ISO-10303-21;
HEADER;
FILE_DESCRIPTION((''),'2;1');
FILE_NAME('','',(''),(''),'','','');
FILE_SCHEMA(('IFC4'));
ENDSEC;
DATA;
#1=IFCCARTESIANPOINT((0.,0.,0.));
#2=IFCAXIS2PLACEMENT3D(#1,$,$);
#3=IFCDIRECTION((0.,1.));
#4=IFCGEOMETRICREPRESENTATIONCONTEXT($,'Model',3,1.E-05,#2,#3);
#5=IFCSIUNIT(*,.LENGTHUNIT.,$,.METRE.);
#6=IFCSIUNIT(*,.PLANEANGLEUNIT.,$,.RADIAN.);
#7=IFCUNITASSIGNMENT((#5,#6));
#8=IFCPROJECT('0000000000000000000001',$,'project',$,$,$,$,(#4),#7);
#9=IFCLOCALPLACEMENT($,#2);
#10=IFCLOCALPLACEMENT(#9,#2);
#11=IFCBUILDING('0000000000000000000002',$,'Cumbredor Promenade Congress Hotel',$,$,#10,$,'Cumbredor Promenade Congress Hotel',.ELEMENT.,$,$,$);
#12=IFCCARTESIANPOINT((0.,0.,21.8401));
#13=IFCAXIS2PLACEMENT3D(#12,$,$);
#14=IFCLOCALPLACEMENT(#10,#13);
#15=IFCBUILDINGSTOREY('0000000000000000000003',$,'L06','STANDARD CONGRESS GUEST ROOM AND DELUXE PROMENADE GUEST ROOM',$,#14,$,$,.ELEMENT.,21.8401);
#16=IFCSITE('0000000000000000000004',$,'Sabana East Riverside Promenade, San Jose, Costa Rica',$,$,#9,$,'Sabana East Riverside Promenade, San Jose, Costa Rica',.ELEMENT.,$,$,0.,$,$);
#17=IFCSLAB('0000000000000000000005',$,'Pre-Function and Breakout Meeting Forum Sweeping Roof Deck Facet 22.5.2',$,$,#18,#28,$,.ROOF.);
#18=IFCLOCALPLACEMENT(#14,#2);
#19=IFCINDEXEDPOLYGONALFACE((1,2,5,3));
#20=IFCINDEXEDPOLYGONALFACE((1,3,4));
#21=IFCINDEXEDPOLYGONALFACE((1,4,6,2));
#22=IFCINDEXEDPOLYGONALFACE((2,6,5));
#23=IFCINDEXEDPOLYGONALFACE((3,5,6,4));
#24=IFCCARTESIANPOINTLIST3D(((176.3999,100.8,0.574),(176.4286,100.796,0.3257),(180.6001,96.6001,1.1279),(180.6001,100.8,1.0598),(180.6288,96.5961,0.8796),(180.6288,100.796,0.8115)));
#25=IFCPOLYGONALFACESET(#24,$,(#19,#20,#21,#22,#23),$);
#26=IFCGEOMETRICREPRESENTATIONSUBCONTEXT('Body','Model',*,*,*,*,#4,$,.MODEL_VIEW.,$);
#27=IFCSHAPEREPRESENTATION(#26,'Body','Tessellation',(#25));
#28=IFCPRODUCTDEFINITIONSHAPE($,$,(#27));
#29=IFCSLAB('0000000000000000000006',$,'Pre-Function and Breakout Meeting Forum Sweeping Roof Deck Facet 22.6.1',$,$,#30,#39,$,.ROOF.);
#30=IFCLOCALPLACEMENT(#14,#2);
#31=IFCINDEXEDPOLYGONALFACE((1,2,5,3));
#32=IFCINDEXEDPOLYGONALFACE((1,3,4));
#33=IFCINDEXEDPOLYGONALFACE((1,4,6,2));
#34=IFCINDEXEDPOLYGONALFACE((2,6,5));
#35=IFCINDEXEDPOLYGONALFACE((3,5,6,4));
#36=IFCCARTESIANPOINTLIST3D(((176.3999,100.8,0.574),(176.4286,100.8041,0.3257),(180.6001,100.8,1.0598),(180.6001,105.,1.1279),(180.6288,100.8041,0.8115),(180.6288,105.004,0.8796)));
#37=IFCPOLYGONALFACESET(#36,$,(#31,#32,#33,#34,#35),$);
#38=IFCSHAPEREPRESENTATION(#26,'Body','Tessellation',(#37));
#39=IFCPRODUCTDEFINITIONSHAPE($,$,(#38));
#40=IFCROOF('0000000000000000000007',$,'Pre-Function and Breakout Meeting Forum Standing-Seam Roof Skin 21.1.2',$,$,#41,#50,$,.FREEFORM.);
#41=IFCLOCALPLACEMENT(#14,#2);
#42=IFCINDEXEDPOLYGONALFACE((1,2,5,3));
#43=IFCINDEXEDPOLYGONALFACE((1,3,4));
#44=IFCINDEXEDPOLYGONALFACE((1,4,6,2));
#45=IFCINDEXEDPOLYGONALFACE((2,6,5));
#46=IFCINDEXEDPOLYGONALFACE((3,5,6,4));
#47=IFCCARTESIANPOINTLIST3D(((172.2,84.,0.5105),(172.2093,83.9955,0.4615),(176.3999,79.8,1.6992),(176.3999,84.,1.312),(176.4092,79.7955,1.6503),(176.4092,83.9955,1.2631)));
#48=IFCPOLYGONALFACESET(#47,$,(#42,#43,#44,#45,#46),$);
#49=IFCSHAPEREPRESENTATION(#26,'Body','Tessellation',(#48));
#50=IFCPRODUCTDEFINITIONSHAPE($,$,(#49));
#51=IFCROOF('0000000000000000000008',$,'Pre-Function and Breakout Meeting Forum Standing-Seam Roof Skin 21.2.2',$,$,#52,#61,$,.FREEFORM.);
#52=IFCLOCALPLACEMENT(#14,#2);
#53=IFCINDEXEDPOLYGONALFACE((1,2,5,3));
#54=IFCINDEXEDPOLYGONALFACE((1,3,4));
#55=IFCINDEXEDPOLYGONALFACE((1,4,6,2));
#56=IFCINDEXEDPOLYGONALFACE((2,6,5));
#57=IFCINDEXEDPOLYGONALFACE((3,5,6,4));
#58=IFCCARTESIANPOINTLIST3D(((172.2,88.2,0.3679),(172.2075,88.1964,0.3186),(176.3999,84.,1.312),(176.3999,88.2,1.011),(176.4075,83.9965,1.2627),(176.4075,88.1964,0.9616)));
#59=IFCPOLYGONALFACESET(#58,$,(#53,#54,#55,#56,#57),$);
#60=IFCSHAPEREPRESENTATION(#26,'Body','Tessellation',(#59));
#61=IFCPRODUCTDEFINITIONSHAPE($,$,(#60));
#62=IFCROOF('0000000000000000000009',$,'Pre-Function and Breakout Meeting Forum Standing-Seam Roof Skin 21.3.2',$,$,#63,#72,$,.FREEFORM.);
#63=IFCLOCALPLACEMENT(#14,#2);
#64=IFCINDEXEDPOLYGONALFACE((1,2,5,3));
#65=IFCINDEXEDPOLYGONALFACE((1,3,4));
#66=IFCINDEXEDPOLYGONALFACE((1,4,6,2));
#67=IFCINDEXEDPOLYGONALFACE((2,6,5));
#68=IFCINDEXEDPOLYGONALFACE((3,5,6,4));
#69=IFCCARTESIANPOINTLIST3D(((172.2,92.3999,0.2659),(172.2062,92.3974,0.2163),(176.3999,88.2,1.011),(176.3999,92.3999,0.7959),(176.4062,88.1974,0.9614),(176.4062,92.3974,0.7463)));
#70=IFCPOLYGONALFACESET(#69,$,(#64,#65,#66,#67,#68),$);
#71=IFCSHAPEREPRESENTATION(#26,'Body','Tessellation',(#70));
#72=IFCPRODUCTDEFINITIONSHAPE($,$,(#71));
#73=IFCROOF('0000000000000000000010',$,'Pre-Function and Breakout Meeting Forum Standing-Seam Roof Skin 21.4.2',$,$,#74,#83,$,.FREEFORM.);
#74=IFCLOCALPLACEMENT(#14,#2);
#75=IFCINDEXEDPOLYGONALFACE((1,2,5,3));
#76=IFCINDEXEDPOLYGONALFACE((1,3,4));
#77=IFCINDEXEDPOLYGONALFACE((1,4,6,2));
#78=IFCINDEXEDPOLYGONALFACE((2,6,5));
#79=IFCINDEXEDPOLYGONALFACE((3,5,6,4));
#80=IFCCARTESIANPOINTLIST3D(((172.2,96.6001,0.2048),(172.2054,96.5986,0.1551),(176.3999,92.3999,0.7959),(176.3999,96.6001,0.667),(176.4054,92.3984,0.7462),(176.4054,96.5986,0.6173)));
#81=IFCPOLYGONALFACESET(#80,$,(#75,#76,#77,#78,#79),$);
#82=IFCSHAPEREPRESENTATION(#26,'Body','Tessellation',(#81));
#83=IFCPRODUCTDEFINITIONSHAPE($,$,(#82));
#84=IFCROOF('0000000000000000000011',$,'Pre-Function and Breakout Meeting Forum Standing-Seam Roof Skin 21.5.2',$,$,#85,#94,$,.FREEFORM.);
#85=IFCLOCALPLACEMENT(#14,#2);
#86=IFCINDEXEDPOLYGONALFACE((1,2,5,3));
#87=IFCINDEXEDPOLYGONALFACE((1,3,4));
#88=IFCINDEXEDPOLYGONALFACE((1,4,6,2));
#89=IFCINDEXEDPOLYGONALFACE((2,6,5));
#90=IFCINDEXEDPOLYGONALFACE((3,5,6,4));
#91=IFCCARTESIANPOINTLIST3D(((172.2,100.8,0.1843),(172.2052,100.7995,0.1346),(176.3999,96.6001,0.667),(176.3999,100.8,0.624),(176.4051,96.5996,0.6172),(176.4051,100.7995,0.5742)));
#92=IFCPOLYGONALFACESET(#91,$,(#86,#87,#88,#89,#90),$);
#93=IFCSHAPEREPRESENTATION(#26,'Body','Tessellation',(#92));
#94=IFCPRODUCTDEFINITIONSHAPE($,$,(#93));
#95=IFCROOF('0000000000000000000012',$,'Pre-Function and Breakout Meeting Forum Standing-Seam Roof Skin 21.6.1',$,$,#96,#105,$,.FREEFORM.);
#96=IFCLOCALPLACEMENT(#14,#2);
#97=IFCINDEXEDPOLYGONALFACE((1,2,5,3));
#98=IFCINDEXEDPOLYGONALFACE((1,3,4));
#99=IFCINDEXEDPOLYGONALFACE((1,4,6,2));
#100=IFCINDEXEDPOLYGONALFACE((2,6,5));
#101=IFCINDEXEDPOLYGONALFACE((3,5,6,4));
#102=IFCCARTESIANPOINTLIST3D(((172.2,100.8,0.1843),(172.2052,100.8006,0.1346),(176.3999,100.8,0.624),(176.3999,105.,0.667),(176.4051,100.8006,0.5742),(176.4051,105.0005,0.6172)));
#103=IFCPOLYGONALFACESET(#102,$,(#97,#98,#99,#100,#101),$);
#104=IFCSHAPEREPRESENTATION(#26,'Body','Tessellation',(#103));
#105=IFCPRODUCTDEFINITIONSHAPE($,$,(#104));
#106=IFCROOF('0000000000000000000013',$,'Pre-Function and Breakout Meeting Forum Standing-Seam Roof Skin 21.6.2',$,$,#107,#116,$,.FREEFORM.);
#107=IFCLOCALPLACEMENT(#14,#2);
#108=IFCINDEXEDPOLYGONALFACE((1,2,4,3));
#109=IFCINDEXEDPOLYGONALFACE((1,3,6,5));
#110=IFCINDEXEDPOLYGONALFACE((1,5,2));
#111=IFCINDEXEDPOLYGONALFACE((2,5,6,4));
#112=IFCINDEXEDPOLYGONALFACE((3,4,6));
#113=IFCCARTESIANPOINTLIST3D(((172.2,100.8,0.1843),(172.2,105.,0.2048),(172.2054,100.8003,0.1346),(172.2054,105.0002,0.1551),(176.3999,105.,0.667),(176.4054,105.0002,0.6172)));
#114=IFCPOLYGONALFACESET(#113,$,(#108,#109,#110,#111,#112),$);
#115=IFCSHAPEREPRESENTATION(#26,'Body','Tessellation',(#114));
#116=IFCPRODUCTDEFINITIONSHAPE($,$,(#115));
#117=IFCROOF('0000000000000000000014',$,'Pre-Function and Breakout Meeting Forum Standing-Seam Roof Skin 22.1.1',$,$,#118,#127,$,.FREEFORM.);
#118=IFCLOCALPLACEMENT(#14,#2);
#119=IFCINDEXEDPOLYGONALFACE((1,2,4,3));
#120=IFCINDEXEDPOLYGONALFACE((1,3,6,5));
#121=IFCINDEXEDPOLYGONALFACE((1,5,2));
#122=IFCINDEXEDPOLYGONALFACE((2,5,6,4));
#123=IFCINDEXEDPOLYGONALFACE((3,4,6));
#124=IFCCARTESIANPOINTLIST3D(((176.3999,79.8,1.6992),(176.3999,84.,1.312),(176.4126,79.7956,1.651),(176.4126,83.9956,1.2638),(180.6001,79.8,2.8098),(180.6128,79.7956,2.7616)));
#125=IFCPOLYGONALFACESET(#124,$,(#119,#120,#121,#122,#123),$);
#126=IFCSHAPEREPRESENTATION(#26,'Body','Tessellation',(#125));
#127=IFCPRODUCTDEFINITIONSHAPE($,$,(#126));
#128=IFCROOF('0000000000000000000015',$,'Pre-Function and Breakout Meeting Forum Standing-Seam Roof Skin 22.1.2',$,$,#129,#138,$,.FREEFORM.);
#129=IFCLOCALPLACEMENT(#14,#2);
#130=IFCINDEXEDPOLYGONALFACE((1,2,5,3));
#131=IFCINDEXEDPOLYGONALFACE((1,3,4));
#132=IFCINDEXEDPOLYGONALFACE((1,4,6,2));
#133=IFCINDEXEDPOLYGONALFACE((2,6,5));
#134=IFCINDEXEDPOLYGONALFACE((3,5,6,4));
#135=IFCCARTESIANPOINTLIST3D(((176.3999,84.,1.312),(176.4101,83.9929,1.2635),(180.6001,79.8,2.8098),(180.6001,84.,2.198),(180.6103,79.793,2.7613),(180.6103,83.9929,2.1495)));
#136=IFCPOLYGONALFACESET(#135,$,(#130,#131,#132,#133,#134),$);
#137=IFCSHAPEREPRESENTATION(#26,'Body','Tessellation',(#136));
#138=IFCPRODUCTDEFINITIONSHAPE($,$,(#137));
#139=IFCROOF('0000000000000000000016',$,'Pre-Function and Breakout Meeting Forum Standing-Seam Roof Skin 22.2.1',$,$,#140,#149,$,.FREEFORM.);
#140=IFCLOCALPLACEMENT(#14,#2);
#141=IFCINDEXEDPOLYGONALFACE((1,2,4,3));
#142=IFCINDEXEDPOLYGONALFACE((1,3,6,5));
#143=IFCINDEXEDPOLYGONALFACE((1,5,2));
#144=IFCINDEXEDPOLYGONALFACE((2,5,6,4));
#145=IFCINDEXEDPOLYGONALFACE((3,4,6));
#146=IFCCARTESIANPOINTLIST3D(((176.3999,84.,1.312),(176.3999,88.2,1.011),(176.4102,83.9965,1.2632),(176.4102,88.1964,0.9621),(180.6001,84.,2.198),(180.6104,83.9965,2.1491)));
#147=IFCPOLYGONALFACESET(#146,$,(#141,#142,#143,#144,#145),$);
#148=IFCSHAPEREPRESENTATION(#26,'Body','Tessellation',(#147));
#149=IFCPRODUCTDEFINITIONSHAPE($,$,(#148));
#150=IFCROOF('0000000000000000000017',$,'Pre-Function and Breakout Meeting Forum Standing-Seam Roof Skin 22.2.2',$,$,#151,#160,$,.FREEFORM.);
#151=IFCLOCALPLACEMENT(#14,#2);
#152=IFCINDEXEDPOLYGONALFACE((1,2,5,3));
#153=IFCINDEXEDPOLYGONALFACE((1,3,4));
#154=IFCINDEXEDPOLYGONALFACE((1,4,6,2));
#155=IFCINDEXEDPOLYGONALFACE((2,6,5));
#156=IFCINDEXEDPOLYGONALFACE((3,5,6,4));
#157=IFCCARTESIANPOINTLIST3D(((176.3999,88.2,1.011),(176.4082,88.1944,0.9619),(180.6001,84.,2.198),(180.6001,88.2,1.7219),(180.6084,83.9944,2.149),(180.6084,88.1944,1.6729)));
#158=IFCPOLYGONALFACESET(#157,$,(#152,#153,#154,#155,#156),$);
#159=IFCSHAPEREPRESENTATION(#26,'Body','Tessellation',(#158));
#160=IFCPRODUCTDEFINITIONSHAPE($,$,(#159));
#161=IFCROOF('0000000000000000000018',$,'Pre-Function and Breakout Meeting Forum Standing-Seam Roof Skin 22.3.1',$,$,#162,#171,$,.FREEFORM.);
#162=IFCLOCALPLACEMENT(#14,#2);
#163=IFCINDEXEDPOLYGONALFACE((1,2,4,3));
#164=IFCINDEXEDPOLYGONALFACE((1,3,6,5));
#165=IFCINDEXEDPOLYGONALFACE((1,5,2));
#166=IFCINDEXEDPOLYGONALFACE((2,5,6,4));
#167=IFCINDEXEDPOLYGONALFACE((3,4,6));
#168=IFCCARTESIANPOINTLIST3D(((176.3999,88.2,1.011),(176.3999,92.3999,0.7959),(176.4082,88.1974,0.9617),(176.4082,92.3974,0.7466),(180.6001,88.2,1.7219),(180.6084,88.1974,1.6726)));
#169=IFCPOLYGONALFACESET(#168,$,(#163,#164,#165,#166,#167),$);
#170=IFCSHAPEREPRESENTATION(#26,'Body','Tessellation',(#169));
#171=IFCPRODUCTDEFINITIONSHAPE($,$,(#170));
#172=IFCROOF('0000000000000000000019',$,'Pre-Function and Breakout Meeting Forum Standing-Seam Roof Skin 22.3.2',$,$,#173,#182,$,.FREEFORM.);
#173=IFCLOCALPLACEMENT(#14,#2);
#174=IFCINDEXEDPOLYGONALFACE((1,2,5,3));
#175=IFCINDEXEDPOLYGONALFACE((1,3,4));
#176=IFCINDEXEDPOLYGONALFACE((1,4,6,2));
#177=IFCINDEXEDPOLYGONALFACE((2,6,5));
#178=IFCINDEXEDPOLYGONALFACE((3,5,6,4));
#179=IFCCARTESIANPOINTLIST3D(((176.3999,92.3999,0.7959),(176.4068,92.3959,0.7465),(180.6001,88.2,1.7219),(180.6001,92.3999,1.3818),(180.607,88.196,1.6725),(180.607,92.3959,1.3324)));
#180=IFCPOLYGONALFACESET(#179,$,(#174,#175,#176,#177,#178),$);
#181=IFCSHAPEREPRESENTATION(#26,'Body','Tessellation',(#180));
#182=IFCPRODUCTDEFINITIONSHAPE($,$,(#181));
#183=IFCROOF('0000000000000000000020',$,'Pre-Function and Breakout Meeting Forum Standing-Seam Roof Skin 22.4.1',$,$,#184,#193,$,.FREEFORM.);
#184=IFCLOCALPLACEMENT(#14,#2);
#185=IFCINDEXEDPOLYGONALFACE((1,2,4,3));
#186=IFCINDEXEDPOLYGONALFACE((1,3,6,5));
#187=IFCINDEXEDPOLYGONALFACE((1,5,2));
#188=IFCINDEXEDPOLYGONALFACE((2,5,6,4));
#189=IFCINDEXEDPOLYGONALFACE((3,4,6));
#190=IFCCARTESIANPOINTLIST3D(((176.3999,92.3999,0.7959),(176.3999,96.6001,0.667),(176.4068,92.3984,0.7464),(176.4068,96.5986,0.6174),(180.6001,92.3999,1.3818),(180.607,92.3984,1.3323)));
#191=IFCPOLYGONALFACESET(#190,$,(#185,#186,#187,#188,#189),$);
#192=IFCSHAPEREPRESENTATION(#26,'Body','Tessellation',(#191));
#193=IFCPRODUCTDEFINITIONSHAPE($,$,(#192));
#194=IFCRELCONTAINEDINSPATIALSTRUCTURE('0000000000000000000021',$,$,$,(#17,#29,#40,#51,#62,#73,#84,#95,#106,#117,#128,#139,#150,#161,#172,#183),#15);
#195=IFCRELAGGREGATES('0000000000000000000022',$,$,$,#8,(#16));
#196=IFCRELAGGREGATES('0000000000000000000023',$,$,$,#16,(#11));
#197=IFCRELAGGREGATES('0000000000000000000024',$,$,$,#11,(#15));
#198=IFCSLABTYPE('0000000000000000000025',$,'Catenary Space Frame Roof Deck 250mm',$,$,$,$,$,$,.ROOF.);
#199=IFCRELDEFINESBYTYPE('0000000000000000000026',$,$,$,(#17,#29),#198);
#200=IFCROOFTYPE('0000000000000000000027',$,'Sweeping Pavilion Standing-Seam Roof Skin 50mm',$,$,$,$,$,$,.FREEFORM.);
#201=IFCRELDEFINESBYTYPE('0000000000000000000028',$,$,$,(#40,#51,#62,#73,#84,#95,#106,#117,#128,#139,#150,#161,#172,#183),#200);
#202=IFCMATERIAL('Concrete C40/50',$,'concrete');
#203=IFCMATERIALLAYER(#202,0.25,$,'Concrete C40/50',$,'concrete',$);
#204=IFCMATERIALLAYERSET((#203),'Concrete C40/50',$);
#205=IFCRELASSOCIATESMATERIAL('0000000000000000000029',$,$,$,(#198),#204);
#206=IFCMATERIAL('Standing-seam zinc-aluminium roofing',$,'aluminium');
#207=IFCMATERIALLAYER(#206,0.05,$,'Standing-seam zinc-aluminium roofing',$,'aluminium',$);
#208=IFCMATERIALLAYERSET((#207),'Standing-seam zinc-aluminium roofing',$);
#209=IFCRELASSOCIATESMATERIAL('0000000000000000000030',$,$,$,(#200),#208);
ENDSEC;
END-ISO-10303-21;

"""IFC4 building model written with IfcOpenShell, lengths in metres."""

from ifc_helpers import new_model, si_unit, direction, frame, origin, place, context, subcontext, project, spatial, polyline, outline, extrude, material, layer, layer_set, type_object, element, save


model = new_model("IFC4")

# Units and contexts
model_context = context("Model", 3, precision=1e-05, world=origin(), true_north=direction((0.0, 1.0)))
body_context = subcontext(model_context, "Body", "Model", "MODEL_VIEW")
ifc_project = project(units=[si_unit("LENGTHUNIT", "METRE"), si_unit("PLANEANGLEUNIT", "RADIAN")], contexts=[model_context])

# Site, building, storey
site_placement = place(None, origin())
site = spatial("IfcSite", under=ifc_project, at=site_placement, Name="Sabana East Riverside Promenade, San Jose, Costa Rica", LongName="Sabana East Riverside Promenade, San Jose, Costa Rica", CompositionType="ELEMENT", RefElevation=0.0)
building_placement = place(site_placement, origin())
building = spatial("IfcBuilding", under=site, at=building_placement, Name="Cumbredor Promenade Congress Hotel", LongName="Cumbredor Promenade Congress Hotel", CompositionType="ELEMENT")
storey_placement = place(building_placement, frame((0.0, 0.0, 21.8401)))
storey = spatial("IfcBuildingStorey", under=building, at=storey_placement, Name="L06", Description="STANDARD CONGRESS GUEST ROOM AND DELUXE PROMENADE GUEST ROOM", CompositionType="ELEMENT", Elevation=21.8401)

# Slabs
ifc_material_1 = material(Name="Concrete C40/50", Category="concrete")
ifc_layer_1 = layer(ifc_material_1, 0.25, Name="Concrete C40/50", Category="concrete")
ifc_layer_set_1 = layer_set([ifc_layer_1], Name="Concrete C40/50")
slab_type = type_object("IfcSlabType", Name="Catenary Space Frame Roof Deck 250mm", PredefinedType="ROOF", material=ifc_layer_set_1)
slab_1_placement = place(storey_placement, frame((180.6001, 96.6001, 1.1279), z_axis=(-0.11489, 0.016109, 0.993248), x_axis=(0.0, 0.999869, -0.016216)))
element("IfcSlab", 1, at=slab_1_placement, inside=storey, type_object=slab_type, Name="Pre-Function and Breakout Meeting Forum Sweeping Roof Deck Facet 22.5.2", PredefinedType="ROOF", context=body_context, shape_type="SweptSolid", body=[
    extrude(outline(polyline([(0.0, 0.0), (4.2005, 0.0), (4.2084, 4.2282), (0.0, 0.0)])), origin(), (0.0, 0.0, -1.0), 0.25),
])
slab_2_placement = place(storey_placement, frame((176.3999, 100.8, 0.574), z_axis=(-0.11489, -0.016109, 0.993248), x_axis=(0.993377, 0.0, 0.114905)))
element("IfcSlab", 2, at=slab_2_placement, inside=storey, type_object=slab_type, Name="Pre-Function and Breakout Meeting Forum Sweeping Roof Deck Facet 22.6.1", PredefinedType="ROOF", context=body_context, shape_type="SweptSolid", body=[
    extrude(outline(polyline([(0.0, 0.0), (4.2282, 0.0), (4.236, 4.2005), (0.0, 0.0)])), origin(), (0.0, 0.0, -1.0), 0.25),
])

# Roofs
ifc_material_2 = material(Name="Standing-seam zinc-aluminium roofing", Category="aluminium")
ifc_layer_2 = layer(ifc_material_2, 0.05, Name="Standing-seam zinc-aluminium roofing", Category="aluminium")
ifc_layer_set_2 = layer_set([ifc_layer_2], Name="Standing-seam zinc-aluminium roofing")
roof_type = type_object("IfcRoofType", Name="Sweeping Pavilion Standing-Seam Roof Skin 50mm", PredefinedType="FREEFORM", material=ifc_layer_set_2)
roof_1_placement = place(storey_placement, frame((176.3999, 79.8, 1.6992), z_axis=(-0.186692, 0.09019, 0.97827), x_axis=(0.0, 0.995777, -0.091804)))
element("IfcRoof", 3, at=roof_1_placement, inside=storey, type_object=roof_type, Name="Pre-Function and Breakout Meeting Forum Standing-Seam Roof Skin 21.1.2", PredefinedType="FREEFORM", context=body_context, shape_type="SweptSolid", body=[
    extrude(outline(polyline([(0.0, 0.0), (4.2178, 0.0), (4.2913, 4.2751), (0.0, 0.0)])), origin(), (0.0, 0.0, -1.0), 0.05),
])
roof_2_placement = place(storey_placement, frame((176.3999, 84.0, 1.312), z_axis=(-0.150971, 0.070671, 0.986009), x_axis=(0.0, 0.997441, -0.07149)))
element("IfcRoof", 4, at=roof_2_placement, inside=storey, type_object=roof_type, Name="Pre-Function and Breakout Meeting Forum Standing-Seam Roof Skin 21.2.2", PredefinedType="FREEFORM", context=body_context, shape_type="SweptSolid", body=[
    extrude(outline(polyline([(0.0, 0.0), (4.2107, 0.0), (4.2567, 4.2486), (0.0, 0.0)])), origin(), (0.0, 0.0, -1.0), 0.05),
])
roof_3_placement = place(storey_placement, frame((176.3999, 88.2, 1.011), z_axis=(-0.125045, 0.050744, 0.990853), x_axis=(0.0, 0.998691, -0.051145)))
element("IfcRoof", 5, at=roof_3_placement, inside=storey, type_object=roof_type, Name="Pre-Function and Breakout Meeting Forum Standing-Seam Roof Skin 21.3.2", PredefinedType="FREEFORM", context=body_context, shape_type="SweptSolid", body=[
    extrude(outline(polyline([(0.0, 0.0), (4.2055, 0.0), (4.2326, 4.2332), (0.0, 0.0)])), origin(), (0.0, 0.0, -1.0), 0.05),
])
roof_4_placement = place(storey_placement, frame((176.3999, 92.3999, 0.7959), z_axis=(-0.109328, 0.030492, 0.993538), x_axis=(0.0, 0.999529, -0.030676)))
element("IfcRoof", 6, at=roof_4_placement, inside=storey, type_object=roof_type, Name="Pre-Function and Breakout Meeting Forum Standing-Seam Roof Skin 21.4.2", PredefinedType="FREEFORM", context=body_context, shape_type="SweptSolid", body=[
    extrude(outline(polyline([(0.0, 0.0), (4.2022, 0.0), (4.2164, 4.2253), (0.0, 0.0)])), origin(), (0.0, 0.0, -1.0), 0.05),
])
roof_5_placement = place(storey_placement, frame((176.3999, 96.6001, 0.667), z_axis=(-0.104117, 0.010175, 0.994513), x_axis=(0.0, 0.999948, -0.01023)))
element("IfcRoof", 7, at=roof_5_placement, inside=storey, type_object=roof_type, Name="Pre-Function and Breakout Meeting Forum Standing-Seam Roof Skin 21.5.2", PredefinedType="FREEFORM", context=body_context, shape_type="SweptSolid", body=[
    extrude(outline(polyline([(0.0, 0.0), (4.2002, 0.0), (4.2047, 4.2229), (0.0, 0.0)])), origin(), (0.0, 0.0, -1.0), 0.05),
])
roof_6_placement = place(storey_placement, frame((172.2, 100.8, 0.1843), z_axis=(-0.104117, -0.010175, 0.994513), x_axis=(0.994565, 0.0, 0.104122)))
element("IfcRoof", 8, at=roof_6_placement, inside=storey, type_object=roof_type, Name="Pre-Function and Breakout Meeting Forum Standing-Seam Roof Skin 21.6.1", PredefinedType="FREEFORM", context=body_context, shape_type="SweptSolid", body=[
    extrude(outline(polyline([(0.0, 0.0), (4.2229, 0.0), (4.2274, 4.2002), (0.0, 0.0)])), origin(), (0.0, 0.0, -1.0), 0.05),
])
roof_7_placement = place(storey_placement, frame((172.2, 100.8, 0.1843), z_axis=(-0.109377, -0.004854, 0.993988), x_axis=(0.704784, 0.704784, 0.080995)))
element("IfcRoof", 9, at=roof_7_placement, inside=storey, type_object=roof_type, Name="Pre-Function and Breakout Meeting Forum Standing-Seam Roof Skin 21.6.2", PredefinedType="FREEFORM", context=body_context, shape_type="SweptSolid", body=[
    extrude(outline(polyline([(0.0, 0.0), (5.9592, 0.0), (2.9617, 2.978), (0.0, 0.0)])), origin(), (0.0, 0.0, -1.0), 0.05),
])
roof_8_placement = place(storey_placement, frame((176.3999, 79.8, 1.6992), z_axis=(-0.254621, 0.088778, 0.962957), x_axis=(0.966775, 0.0, 0.25563)))
element("IfcRoof", 10, at=roof_8_placement, inside=storey, type_object=roof_type, Name="Pre-Function and Breakout Meeting Forum Standing-Seam Roof Skin 22.1.1", PredefinedType="FREEFORM", context=body_context, shape_type="SweptSolid", body=[
    extrude(outline(polyline([(0.0, 0.0), (4.3445, 0.0), (-0.099, 4.2166), (0.0, 0.0)])), origin(), (0.0, 0.0, -1.0), 0.05),
])
roof_9_placement = place(storey_placement, frame((180.6001, 79.8, 2.8098), z_axis=(-0.204332, 0.141109, 0.968678), x_axis=(0.0, 0.989556, -0.144151)))
element("IfcRoof", 11, at=roof_9_placement, inside=storey, type_object=roof_type, Name="Pre-Function and Breakout Meeting Forum Standing-Seam Roof Skin 22.1.2", PredefinedType="FREEFORM", context=body_context, shape_type="SweptSolid", body=[
    extrude(outline(polyline([(0.0, 0.0), (4.2443, 0.0), (4.372, 4.2907), (0.0, 0.0)])), origin(), (0.0, 0.0, -1.0), 0.05),
])
roof_10_placement = place(storey_placement, frame((176.3999, 84.0, 1.312), z_axis=(-0.205892, 0.069958, 0.976071), x_axis=(0.978468, 0.0, 0.206397)))
element("IfcRoof", 12, at=roof_10_placement, inside=storey, type_object=roof_type, Name="Pre-Function and Breakout Meeting Forum Standing-Seam Roof Skin 22.2.1", PredefinedType="FREEFORM", context=body_context, shape_type="SweptSolid", body=[
    extrude(outline(polyline([(0.0, 0.0), (4.2926, 0.0), (-0.0621, 4.2103), (0.0, 0.0)])), origin(), (0.0, 0.0, -1.0), 0.05),
])
roof_11_placement = place(storey_placement, frame((180.6001, 84.0, 2.198), z_axis=(-0.165857, 0.111071, 0.979875), x_axis=(0.0, 0.993637, -0.112631)))
element("IfcRoof", 13, at=roof_11_placement, inside=storey, type_object=roof_type, Name="Pre-Function and Breakout Meeting Forum Standing-Seam Roof Skin 22.2.2", PredefinedType="FREEFORM", context=body_context, shape_type="SweptSolid", body=[
    extrude(outline(polyline([(0.0, 0.0), (4.2268, 0.0), (4.3069, 4.2592), (0.0, 0.0)])), origin(), (0.0, 0.0, -1.0), 0.05),
])
roof_12_placement = place(storey_placement, frame((176.3999, 88.2, 1.011), z_axis=(-0.166677, 0.05043, 0.984721), x_axis=(0.985976, 0.0, 0.166889)))
element("IfcRoof", 14, at=roof_12_placement, inside=storey, type_object=roof_type, Name="Pre-Function and Breakout Meeting Forum Standing-Seam Roof Skin 22.3.1", PredefinedType="FREEFORM", context=body_context, shape_type="SweptSolid", body=[
    extrude(outline(polyline([(0.0, 0.0), (4.2599, 0.0), (-0.0359, 4.2053), (0.0, 0.0)])), origin(), (0.0, 0.0, -1.0), 0.05),
])
roof_13_placement = place(storey_placement, frame((180.6001, 88.2, 1.7219), z_axis=(-0.137722, 0.079941, 0.98724), x_axis=(0.0, 0.996738, -0.08071)))
element("IfcRoof", 15, at=roof_13_placement, inside=storey, type_object=roof_type, Name="Pre-Function and Breakout Meeting Forum Standing-Seam Roof Skin 22.3.2", PredefinedType="FREEFORM", context=body_context, shape_type="SweptSolid", body=[
    extrude(outline(polyline([(0.0, 0.0), (4.2137, 0.0), (4.261, 4.2406), (0.0, 0.0)])), origin(), (0.0, 0.0, -1.0), 0.05),
])
roof_14_placement = place(storey_placement, frame((176.3999, 92.3999, 0.7959), z_axis=(-0.138101, 0.030382, 0.989952), x_axis=(0.990409, 0.0, 0.138165)))
element("IfcRoof", 16, at=roof_14_placement, inside=storey, type_object=roof_type, Name="Pre-Function and Breakout Meeting Forum Standing-Seam Roof Skin 22.4.1", PredefinedType="FREEFORM", context=body_context, shape_type="SweptSolid", body=[
    extrude(outline(polyline([(0.0, 0.0), (4.2409, 0.0), (-0.0178, 4.2021), (0.0, 0.0)])), origin(), (0.0, 0.0, -1.0), 0.05),
])

save(model, "model.ifc")
